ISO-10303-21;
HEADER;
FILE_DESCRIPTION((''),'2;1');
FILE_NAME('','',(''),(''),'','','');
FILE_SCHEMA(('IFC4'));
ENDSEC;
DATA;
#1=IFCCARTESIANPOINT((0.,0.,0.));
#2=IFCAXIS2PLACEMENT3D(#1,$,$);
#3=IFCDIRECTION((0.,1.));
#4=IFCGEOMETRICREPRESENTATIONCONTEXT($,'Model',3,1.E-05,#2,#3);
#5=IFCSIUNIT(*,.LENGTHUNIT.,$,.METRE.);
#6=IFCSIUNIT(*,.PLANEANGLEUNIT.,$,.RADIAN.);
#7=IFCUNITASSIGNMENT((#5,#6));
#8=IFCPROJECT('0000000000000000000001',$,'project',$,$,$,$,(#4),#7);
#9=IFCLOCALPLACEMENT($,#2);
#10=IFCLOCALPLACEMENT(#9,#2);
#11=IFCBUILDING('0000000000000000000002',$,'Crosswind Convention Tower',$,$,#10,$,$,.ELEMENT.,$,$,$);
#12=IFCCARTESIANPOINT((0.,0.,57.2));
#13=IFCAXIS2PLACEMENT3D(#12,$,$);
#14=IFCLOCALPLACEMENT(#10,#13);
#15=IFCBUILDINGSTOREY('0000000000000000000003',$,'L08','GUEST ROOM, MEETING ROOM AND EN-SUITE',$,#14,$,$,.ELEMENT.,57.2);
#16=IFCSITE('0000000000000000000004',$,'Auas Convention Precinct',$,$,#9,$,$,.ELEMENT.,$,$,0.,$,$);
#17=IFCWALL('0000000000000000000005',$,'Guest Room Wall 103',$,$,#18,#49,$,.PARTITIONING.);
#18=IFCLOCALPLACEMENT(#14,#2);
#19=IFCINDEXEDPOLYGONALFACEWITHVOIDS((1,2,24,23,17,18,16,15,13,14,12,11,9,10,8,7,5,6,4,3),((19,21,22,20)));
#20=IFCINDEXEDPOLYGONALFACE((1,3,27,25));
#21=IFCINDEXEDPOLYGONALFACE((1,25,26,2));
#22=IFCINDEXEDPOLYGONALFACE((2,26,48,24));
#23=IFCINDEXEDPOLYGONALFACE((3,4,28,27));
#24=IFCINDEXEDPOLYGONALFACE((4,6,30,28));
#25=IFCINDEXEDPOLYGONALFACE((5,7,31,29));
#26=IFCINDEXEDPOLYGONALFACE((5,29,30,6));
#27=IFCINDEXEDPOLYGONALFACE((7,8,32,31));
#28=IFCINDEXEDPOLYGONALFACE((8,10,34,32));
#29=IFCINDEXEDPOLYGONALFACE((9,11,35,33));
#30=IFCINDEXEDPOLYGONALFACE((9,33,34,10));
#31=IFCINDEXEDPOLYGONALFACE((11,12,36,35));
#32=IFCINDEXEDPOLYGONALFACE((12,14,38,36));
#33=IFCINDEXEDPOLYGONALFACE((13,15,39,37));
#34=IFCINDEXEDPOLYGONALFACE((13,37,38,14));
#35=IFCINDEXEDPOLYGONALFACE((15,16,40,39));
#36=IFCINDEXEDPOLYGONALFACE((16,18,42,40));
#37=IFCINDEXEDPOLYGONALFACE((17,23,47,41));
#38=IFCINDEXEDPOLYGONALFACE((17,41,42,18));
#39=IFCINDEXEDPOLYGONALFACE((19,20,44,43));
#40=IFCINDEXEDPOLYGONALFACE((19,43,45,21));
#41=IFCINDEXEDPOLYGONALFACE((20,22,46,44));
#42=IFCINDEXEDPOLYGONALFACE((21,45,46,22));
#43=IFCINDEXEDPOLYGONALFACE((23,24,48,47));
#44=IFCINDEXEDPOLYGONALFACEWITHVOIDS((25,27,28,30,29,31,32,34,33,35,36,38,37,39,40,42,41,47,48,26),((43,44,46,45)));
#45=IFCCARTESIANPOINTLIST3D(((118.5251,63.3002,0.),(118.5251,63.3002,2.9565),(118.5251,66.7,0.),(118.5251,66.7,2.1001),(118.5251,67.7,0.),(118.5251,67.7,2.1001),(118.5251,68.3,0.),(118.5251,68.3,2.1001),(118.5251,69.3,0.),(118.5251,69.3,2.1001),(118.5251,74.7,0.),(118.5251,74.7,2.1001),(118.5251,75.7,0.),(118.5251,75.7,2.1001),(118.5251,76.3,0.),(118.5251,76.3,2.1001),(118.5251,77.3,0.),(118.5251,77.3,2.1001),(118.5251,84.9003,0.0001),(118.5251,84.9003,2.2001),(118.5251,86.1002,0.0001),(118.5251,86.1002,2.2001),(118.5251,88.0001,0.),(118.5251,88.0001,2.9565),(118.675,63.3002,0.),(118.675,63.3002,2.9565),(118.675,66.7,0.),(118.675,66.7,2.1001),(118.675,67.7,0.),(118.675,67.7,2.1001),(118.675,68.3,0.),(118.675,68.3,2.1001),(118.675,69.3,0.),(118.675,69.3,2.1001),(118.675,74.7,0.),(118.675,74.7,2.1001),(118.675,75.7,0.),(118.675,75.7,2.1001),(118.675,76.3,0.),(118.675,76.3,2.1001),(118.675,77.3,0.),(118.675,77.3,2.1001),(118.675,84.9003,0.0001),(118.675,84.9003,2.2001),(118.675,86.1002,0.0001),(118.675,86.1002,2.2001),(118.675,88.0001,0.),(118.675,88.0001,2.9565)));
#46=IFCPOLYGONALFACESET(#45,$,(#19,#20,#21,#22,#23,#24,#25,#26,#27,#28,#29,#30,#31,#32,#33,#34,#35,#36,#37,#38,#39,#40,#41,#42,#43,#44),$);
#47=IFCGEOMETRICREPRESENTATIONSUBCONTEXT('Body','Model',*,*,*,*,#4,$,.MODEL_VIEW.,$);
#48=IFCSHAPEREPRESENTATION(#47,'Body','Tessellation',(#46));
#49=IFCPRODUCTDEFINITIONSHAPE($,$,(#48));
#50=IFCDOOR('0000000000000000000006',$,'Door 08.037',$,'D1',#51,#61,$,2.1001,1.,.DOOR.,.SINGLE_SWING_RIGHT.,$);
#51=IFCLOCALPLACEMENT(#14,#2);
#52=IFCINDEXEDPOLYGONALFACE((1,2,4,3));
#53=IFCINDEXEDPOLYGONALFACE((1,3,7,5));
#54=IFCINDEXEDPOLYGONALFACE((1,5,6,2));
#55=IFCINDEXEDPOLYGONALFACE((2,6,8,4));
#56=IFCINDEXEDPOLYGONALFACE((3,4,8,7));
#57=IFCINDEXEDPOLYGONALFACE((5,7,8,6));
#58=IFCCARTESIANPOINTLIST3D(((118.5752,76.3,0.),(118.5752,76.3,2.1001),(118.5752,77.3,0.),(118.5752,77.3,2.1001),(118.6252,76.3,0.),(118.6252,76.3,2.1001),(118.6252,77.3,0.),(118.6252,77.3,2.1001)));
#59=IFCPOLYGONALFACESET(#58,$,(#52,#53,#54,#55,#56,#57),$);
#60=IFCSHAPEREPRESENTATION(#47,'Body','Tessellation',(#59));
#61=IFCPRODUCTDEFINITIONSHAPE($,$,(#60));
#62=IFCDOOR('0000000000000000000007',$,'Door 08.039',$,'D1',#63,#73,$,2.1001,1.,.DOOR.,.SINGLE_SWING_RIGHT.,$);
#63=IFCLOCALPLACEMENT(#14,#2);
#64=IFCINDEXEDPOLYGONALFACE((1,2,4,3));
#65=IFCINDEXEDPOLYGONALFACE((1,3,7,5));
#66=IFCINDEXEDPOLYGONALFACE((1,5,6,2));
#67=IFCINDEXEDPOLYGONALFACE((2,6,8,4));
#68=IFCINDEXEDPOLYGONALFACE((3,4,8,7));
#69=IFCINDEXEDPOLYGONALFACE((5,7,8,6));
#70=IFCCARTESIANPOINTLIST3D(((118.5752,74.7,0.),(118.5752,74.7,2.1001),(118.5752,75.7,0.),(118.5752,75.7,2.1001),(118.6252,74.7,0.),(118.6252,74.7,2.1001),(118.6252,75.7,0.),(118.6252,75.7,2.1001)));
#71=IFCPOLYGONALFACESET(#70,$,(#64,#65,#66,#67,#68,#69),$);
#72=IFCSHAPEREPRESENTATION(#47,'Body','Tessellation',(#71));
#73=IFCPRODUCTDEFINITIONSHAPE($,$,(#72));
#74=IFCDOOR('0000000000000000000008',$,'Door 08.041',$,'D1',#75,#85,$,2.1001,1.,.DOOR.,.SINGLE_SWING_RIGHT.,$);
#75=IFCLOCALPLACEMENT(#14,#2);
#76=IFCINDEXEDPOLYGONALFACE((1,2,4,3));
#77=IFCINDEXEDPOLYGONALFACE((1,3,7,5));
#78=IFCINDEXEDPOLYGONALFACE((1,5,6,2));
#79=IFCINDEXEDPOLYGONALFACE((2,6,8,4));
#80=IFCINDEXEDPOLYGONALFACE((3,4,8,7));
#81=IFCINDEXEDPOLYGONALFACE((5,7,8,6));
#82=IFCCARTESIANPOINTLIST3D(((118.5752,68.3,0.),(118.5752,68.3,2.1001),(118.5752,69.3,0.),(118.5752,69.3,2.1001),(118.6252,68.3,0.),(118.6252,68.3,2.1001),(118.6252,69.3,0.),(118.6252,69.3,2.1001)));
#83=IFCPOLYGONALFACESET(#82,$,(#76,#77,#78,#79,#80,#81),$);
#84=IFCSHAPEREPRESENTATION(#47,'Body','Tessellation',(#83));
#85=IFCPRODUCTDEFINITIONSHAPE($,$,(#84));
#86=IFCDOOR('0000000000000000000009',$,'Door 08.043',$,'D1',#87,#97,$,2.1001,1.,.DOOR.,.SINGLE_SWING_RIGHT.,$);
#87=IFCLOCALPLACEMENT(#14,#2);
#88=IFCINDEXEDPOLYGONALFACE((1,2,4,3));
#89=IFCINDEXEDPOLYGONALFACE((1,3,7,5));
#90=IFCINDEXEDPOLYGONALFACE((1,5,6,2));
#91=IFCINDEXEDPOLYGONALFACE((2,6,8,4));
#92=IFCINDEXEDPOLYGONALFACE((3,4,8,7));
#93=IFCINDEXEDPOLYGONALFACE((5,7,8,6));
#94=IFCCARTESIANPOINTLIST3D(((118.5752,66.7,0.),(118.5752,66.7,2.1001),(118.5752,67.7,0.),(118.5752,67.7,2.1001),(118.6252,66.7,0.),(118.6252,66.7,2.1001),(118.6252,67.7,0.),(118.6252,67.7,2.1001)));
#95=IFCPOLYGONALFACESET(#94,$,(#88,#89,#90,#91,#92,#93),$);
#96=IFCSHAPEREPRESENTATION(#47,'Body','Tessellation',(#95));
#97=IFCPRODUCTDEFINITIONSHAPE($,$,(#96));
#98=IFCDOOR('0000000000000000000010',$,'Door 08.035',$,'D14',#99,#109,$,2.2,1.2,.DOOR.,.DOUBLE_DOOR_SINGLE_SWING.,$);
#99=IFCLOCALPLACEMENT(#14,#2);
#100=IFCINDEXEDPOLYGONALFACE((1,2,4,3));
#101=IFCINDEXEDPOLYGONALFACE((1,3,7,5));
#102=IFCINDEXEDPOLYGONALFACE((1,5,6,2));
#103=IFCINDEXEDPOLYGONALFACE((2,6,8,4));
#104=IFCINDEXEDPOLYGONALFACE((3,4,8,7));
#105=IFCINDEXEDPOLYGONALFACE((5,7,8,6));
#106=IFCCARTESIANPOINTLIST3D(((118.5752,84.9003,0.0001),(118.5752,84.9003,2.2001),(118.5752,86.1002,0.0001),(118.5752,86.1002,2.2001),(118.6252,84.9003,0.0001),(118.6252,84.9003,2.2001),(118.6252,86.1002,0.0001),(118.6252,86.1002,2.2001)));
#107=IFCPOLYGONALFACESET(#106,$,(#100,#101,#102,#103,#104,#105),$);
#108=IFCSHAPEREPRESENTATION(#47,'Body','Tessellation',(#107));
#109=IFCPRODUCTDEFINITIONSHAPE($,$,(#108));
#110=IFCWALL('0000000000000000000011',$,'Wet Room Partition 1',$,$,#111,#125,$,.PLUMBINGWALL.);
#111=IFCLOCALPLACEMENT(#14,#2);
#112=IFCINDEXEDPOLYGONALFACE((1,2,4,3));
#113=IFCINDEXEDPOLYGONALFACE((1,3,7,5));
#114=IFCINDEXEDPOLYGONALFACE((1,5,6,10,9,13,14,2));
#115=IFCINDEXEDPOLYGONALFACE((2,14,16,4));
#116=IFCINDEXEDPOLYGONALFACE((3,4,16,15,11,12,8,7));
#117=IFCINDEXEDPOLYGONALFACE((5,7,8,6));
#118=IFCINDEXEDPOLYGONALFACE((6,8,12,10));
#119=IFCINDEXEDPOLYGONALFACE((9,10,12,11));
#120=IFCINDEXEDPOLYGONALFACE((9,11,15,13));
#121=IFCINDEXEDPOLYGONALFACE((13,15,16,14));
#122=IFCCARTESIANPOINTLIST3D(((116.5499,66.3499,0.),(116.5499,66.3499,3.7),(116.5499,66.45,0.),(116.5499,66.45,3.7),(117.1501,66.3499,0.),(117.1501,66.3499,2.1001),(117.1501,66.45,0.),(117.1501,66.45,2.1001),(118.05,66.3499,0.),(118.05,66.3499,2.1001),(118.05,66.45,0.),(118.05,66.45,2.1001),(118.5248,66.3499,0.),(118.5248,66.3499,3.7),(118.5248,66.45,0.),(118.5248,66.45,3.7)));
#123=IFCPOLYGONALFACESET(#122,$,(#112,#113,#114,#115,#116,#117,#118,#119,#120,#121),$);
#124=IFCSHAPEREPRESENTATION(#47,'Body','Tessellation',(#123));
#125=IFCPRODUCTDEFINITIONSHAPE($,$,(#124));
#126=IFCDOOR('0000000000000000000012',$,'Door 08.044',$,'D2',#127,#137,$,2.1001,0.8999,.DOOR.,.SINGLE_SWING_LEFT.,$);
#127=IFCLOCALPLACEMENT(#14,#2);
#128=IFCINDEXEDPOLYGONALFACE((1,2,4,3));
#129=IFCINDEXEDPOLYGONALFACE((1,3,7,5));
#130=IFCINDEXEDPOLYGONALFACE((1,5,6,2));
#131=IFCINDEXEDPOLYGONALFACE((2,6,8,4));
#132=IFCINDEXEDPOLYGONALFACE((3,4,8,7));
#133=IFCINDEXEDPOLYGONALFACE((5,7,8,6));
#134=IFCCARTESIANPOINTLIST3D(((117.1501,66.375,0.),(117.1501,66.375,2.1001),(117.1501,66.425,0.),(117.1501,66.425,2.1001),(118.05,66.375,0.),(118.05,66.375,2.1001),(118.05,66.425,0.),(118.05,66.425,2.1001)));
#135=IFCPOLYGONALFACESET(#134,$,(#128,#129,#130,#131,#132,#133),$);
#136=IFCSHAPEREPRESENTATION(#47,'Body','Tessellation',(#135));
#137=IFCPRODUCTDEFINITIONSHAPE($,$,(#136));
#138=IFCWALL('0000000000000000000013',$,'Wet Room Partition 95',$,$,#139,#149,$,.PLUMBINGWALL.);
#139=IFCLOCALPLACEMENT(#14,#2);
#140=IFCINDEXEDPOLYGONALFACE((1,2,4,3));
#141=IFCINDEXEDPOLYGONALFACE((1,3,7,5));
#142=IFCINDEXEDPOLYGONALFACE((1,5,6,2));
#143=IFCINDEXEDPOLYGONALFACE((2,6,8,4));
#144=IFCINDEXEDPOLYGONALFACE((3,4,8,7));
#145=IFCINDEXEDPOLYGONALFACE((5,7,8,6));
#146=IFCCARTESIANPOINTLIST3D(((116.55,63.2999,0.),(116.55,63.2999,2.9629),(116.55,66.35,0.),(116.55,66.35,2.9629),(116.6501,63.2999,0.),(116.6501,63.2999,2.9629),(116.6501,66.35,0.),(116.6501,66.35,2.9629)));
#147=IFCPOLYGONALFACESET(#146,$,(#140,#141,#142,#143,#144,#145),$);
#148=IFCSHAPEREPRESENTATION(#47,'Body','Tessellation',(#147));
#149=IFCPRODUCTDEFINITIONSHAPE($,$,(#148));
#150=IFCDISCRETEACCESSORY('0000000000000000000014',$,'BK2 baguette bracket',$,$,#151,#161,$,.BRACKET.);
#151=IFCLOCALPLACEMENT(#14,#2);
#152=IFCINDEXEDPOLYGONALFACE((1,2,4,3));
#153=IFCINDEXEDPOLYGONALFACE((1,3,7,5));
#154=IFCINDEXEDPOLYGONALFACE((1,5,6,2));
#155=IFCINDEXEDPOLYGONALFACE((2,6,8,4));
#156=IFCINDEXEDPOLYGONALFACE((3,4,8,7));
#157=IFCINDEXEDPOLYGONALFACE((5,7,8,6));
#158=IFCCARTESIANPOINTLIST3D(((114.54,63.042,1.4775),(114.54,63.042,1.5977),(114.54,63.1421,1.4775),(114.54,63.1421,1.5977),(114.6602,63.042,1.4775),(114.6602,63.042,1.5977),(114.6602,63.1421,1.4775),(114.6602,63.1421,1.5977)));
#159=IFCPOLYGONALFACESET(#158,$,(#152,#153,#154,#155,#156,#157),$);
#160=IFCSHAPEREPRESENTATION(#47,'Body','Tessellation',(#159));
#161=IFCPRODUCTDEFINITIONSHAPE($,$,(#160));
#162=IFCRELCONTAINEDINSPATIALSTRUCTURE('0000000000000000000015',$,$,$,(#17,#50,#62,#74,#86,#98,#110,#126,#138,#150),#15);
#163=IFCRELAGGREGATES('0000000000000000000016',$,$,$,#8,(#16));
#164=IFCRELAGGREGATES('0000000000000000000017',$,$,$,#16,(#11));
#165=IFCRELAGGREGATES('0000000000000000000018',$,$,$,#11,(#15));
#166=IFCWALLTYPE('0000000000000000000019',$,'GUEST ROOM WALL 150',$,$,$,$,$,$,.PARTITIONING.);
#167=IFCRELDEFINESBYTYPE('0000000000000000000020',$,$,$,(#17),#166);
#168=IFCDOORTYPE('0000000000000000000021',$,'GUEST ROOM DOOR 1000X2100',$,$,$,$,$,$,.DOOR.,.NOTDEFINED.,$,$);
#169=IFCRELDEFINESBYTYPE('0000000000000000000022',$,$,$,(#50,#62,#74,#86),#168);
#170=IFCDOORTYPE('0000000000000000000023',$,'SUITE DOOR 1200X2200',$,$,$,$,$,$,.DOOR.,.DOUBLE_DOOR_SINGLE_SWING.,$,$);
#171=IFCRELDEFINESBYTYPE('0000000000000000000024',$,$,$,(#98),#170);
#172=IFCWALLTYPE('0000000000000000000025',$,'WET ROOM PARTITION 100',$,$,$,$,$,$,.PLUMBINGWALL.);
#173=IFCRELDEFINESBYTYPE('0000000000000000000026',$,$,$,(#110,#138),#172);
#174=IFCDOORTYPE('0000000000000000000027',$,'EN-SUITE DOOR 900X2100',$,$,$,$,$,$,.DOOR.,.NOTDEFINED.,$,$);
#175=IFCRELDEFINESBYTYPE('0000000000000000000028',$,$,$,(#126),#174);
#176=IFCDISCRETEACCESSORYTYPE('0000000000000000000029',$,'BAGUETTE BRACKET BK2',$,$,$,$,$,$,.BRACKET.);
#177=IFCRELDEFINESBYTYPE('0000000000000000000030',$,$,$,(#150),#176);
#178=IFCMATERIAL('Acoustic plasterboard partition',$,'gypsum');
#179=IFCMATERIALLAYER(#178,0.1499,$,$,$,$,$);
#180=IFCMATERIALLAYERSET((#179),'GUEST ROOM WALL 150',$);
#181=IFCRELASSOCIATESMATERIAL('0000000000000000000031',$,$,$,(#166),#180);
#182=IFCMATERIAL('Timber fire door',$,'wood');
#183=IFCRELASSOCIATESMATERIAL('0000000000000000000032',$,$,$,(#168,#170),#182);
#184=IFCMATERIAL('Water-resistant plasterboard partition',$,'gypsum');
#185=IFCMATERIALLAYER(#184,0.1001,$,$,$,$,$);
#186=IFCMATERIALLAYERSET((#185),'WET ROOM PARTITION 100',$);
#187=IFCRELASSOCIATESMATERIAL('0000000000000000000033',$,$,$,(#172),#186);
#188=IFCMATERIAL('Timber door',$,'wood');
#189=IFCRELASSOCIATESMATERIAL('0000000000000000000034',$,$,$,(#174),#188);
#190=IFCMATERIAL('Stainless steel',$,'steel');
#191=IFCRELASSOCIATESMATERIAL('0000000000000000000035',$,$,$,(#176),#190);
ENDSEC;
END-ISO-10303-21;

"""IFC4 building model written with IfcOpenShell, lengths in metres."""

from ifc_helpers import new_model, si_unit, direction, frame, frame_2d, origin, origin_2d, place, context, subcontext, project, spatial, rectangle, extrude, material, layer, layer_set, type_object, element, fill, save


model = new_model("IFC4")

# Units and contexts
model_context = context("Model", 3, precision=1e-05, world=origin(), true_north=direction((0.0, 1.0)))
body_context = subcontext(model_context, "Body", "Model", "MODEL_VIEW")
ifc_project = project(units=[si_unit("LENGTHUNIT", "METRE"), si_unit("PLANEANGLEUNIT", "RADIAN")], contexts=[model_context])

# Site, building, storey
site_placement = place(None, origin())
site = spatial("IfcSite", under=ifc_project, at=site_placement, Name="Auas Convention Precinct", CompositionType="ELEMENT", RefElevation=0.0)
building_placement = place(site_placement, origin())
building = spatial("IfcBuilding", under=site, at=building_placement, Name="Crosswind Convention Tower", CompositionType="ELEMENT")
storey_placement = place(building_placement, frame((0.0, 0.0, 57.2)))
storey = spatial("IfcBuildingStorey", under=building, at=storey_placement, Name="L08", Description="GUEST ROOM, MEETING ROOM AND EN-SUITE", CompositionType="ELEMENT", Elevation=57.2)

# Wall, openings, doors
ifc_material_1 = material(Name="Timber fire door", Category="wood")
ifc_material_2 = material(Name="Acoustic plasterboard partition", Category="gypsum")
ifc_layer_1 = layer(ifc_material_2, 0.1499)
ifc_layer_set_1 = layer_set([ifc_layer_1], Name="GUEST ROOM WALL 150")
wall_type_1 = type_object("IfcWallType", Name="GUEST ROOM WALL 150", PredefinedType="PARTITIONING", material=ifc_layer_set_1)
wall_1_placement = place(storey_placement, frame((118.6001, 63.3, 0.0), z_axis=(0.0, 0.0, 1.0), x_axis=(0.0, 1.0, 0.0)))
wall_1 = element("IfcWall", 1, at=wall_1_placement, inside=storey, type_object=wall_type_1, Name="Guest Room Wall 103", PredefinedType="PARTITIONING", context=body_context, shape_type="SweptSolid", body=[
    extrude(rectangle(XDim=24.7, YDim=0.1499, at=frame_2d((12.3501, 0.0))), origin(), (0.0, 0.0, 1.0), 2.9565),
])
opening_1_placement = place(wall_1_placement, frame((21.6001, 0.0, 0.0)))
opening_1 = element("IfcOpeningElement", 2, at=opening_1_placement, cuts=wall_1, PredefinedType="OPENING", context=body_context, shape_type="SweptSolid", body=[
    extrude(rectangle(XDim=1.2, YDim=2.2, at=frame_2d((0.6001, 1.1001))), frame((0.0, 0.085, 0.0), z_axis=(0.0, -1.0, 0.0), x_axis=(1.0, 0.0, 0.0)), (0.0, 0.0, 1.0), 0.1699),
])
opening_2_placement = place(wall_1_placement, frame((13.0, 0.0, 0.0)))
opening_2 = element("IfcOpeningElement", 3, at=opening_2_placement, cuts=wall_1, PredefinedType="OPENING", context=body_context, shape_type="SweptSolid", body=[
    extrude(rectangle(XDim=1.0, YDim=2.1001, at=frame_2d((0.5, 1.05))), frame((0.0, 0.085, 0.0), z_axis=(0.0, -1.0, 0.0), x_axis=(1.0, 0.0, 0.0)), (0.0, 0.0, 1.0), 0.1699),
])
opening_3_placement = place(wall_1_placement, frame((11.3999, 0.0, 0.0)))
opening_3 = element("IfcOpeningElement", 4, at=opening_3_placement, cuts=wall_1, PredefinedType="OPENING", context=body_context, shape_type="SweptSolid", body=[
    extrude(rectangle(XDim=1.0, YDim=2.1001, at=frame_2d((0.5, 1.05))), frame((0.0, 0.085, 0.0), z_axis=(0.0, -1.0, 0.0), x_axis=(1.0, 0.0, 0.0)), (0.0, 0.0, 1.0), 0.1699),
])
opening_4_placement = place(wall_1_placement, frame((5.0, 0.0, 0.0)))
opening_4 = element("IfcOpeningElement", 5, at=opening_4_placement, cuts=wall_1, PredefinedType="OPENING", context=body_context, shape_type="SweptSolid", body=[
    extrude(rectangle(XDim=1.0, YDim=2.1001, at=frame_2d((0.5, 1.05))), frame((0.0, 0.085, 0.0), z_axis=(0.0, -1.0, 0.0), x_axis=(1.0, 0.0, 0.0)), (0.0, 0.0, 1.0), 0.1699),
])
opening_5_placement = place(wall_1_placement, frame((3.3999, 0.0, 0.0)))
opening_5 = element("IfcOpeningElement", 6, at=opening_5_placement, cuts=wall_1, PredefinedType="OPENING", context=body_context, shape_type="SweptSolid", body=[
    extrude(rectangle(XDim=1.0, YDim=2.1001, at=frame_2d((0.5, 1.05))), frame((0.0, 0.085, 0.0), z_axis=(0.0, -1.0, 0.0), x_axis=(1.0, 0.0, 0.0)), (0.0, 0.0, 1.0), 0.1699),
])
door_type_1 = type_object("IfcDoorType", Name="GUEST ROOM DOOR 1000X2100", OperationType="NOTDEFINED", PredefinedType="DOOR", material=ifc_material_1)
door_1_placement = place(opening_2_placement, origin())
door_1 = element("IfcDoor", 7, at=door_1_placement, inside=storey, type_object=door_type_1, Name="Door 08.037", ObjectType="D1", OperationType="SINGLE_SWING_RIGHT", OverallHeight=2.1001, OverallWidth=1.0, PredefinedType="DOOR", context=body_context, shape_type="SweptSolid", body=[
    extrude(rectangle(XDim=1.0, YDim=2.1001, at=frame_2d((0.5, 1.05))), frame((0.0, 0.0249, 0.0), z_axis=(0.0, -1.0, 0.0), x_axis=(1.0, 0.0, 0.0)), (0.0, 0.0, 1.0), 0.05),
])
fill(opening_2, door_1)
door_2_placement = place(opening_3_placement, origin())
door_2 = element("IfcDoor", 8, at=door_2_placement, inside=storey, type_object=door_type_1, Name="Door 08.039", ObjectType="D1", OperationType="SINGLE_SWING_RIGHT", OverallHeight=2.1001, OverallWidth=1.0, PredefinedType="DOOR", context=body_context, shape_type="SweptSolid", body=[
    extrude(rectangle(XDim=1.0, YDim=2.1001, at=frame_2d((0.5, 1.05))), frame((0.0, 0.0249, 0.0), z_axis=(0.0, -1.0, 0.0), x_axis=(1.0, 0.0, 0.0)), (0.0, 0.0, 1.0), 0.05),
])
fill(opening_3, door_2)
door_3_placement = place(opening_4_placement, origin())
door_3 = element("IfcDoor", 9, at=door_3_placement, inside=storey, type_object=door_type_1, Name="Door 08.041", ObjectType="D1", OperationType="SINGLE_SWING_RIGHT", OverallHeight=2.1001, OverallWidth=1.0, PredefinedType="DOOR", context=body_context, shape_type="SweptSolid", body=[
    extrude(rectangle(XDim=1.0, YDim=2.1001, at=frame_2d((0.5, 1.05))), frame((0.0, 0.0249, 0.0), z_axis=(0.0, -1.0, 0.0), x_axis=(1.0, 0.0, 0.0)), (0.0, 0.0, 1.0), 0.05),
])
fill(opening_4, door_3)
door_4_placement = place(opening_5_placement, origin())
door_4 = element("IfcDoor", 10, at=door_4_placement, inside=storey, type_object=door_type_1, Name="Door 08.043", ObjectType="D1", OperationType="SINGLE_SWING_RIGHT", OverallHeight=2.1001, OverallWidth=1.0, PredefinedType="DOOR", context=body_context, shape_type="SweptSolid", body=[
    extrude(rectangle(XDim=1.0, YDim=2.1001, at=frame_2d((0.5, 1.05))), frame((0.0, 0.0249, 0.0), z_axis=(0.0, -1.0, 0.0), x_axis=(1.0, 0.0, 0.0)), (0.0, 0.0, 1.0), 0.05),
])
fill(opening_5, door_4)
door_type_2 = type_object("IfcDoorType", Name="SUITE DOOR 1200X2200", OperationType="DOUBLE_DOOR_SINGLE_SWING", PredefinedType="DOOR", material=ifc_material_1)
door_5_placement = place(opening_1_placement, origin())
door_5 = element("IfcDoor", 11, at=door_5_placement, inside=storey, type_object=door_type_2, Name="Door 08.035", ObjectType="D14", OperationType="DOUBLE_DOOR_SINGLE_SWING", OverallHeight=2.2, OverallWidth=1.2, PredefinedType="DOOR", context=body_context, shape_type="SweptSolid", body=[
    extrude(rectangle(XDim=1.2, YDim=2.2, at=frame_2d((0.6001, 1.1001))), frame((0.0, 0.0249, 0.0), z_axis=(0.0, -1.0, 0.0), x_axis=(1.0, 0.0, 0.0)), (0.0, 0.0, 1.0), 0.05),
])
fill(opening_1, door_5)

# Wall, opening, door
ifc_material_3 = material(Name="Water-resistant plasterboard partition", Category="gypsum")
ifc_layer_2 = layer(ifc_material_3, 0.1001)
ifc_layer_set_2 = layer_set([ifc_layer_2], Name="WET ROOM PARTITION 100")
wall_type_2 = type_object("IfcWallType", Name="WET ROOM PARTITION 100", PredefinedType="PLUMBINGWALL", material=ifc_layer_set_2)
wall_2_placement = place(storey_placement, frame((116.55, 66.3999, 0.0), z_axis=(0.0, 0.0, 1.0), x_axis=(1.0, 0.0, 0.0)))
wall_2 = element("IfcWall", 12, at=wall_2_placement, inside=storey, type_object=wall_type_2, Name="Wet Room Partition 1", PredefinedType="PLUMBINGWALL", context=body_context, shape_type="SweptSolid", body=[
    extrude(rectangle(XDim=1.9749, YDim=0.1001, at=frame_2d((0.9873, 0.0))), origin(), (0.0, 0.0, 1.0), 3.7),
])
opening_6_placement = place(wall_2_placement, frame((0.6001, 0.0, 0.0)))
opening_6 = element("IfcOpeningElement", 13, at=opening_6_placement, cuts=wall_2, PredefinedType="OPENING", context=body_context, shape_type="SweptSolid", body=[
    extrude(rectangle(XDim=0.8999, YDim=2.1001, at=frame_2d((0.45, 1.05))), frame((0.0, 0.0601, 0.0), z_axis=(0.0, -1.0, 0.0), x_axis=(1.0, 0.0, 0.0)), (0.0, 0.0, 1.0), 0.1201),
])
ifc_material_4 = material(Name="Timber door", Category="wood")
door_type_3 = type_object("IfcDoorType", Name="EN-SUITE DOOR 900X2100", OperationType="NOTDEFINED", PredefinedType="DOOR", material=ifc_material_4)
door_6_placement = place(opening_6_placement, frame((0.8999, 0.0, 0.0), z_axis=(0.0, 0.0, 1.0), x_axis=(-1.0, 0.0, 0.0)))
door_6 = element("IfcDoor", 14, at=door_6_placement, inside=storey, type_object=door_type_3, Name="Door 08.044", ObjectType="D2", OperationType="SINGLE_SWING_LEFT", OverallHeight=2.1001, OverallWidth=0.8999, PredefinedType="DOOR", context=body_context, shape_type="SweptSolid", body=[
    extrude(rectangle(XDim=0.8999, YDim=2.1001, at=frame_2d((0.45, 1.05))), frame((0.0, 0.0249, 0.0), z_axis=(0.0, -1.0, 0.0), x_axis=(1.0, 0.0, 0.0)), (0.0, 0.0, 1.0), 0.05),
])
fill(opening_6, door_6)

# Wall
wall_3_placement = place(storey_placement, frame((116.6001, 63.3, 0.0), z_axis=(0.0, 0.0, 1.0), x_axis=(0.0, 1.0, 0.0)))
element("IfcWall", 15, at=wall_3_placement, inside=storey, type_object=wall_type_2, Name="Wet Room Partition 95", PredefinedType="PLUMBINGWALL", context=body_context, shape_type="SweptSolid", body=[
    extrude(rectangle(XDim=3.05, YDim=0.1001, at=frame_2d((1.5249, 0.0))), origin(), (0.0, 0.0, 1.0), 2.9629),
])

# Discrete accessory
ifc_material_5 = material(Name="Stainless steel", Category="steel")
discrete_accessory_type = type_object("IfcDiscreteAccessoryType", Name="BAGUETTE BRACKET BK2", PredefinedType="BRACKET", material=ifc_material_5)
discrete_accessory_placement = place(storey_placement, frame((114.6001, 63.092, 1.4775), z_axis=(0.0, 0.0, 1.0), x_axis=(1.0, 0.0, 0.0)))
element("IfcDiscreteAccessory", 16, at=discrete_accessory_placement, inside=storey, type_object=discrete_accessory_type, Name="BK2 baguette bracket", PredefinedType="BRACKET", context=body_context, shape_type="SweptSolid", body=[
    extrude(rectangle(XDim=0.1201, YDim=0.1001, at=origin_2d()), origin(), (0.0, 0.0, 1.0), 0.1201),
])

save(model, "model.ifc")
